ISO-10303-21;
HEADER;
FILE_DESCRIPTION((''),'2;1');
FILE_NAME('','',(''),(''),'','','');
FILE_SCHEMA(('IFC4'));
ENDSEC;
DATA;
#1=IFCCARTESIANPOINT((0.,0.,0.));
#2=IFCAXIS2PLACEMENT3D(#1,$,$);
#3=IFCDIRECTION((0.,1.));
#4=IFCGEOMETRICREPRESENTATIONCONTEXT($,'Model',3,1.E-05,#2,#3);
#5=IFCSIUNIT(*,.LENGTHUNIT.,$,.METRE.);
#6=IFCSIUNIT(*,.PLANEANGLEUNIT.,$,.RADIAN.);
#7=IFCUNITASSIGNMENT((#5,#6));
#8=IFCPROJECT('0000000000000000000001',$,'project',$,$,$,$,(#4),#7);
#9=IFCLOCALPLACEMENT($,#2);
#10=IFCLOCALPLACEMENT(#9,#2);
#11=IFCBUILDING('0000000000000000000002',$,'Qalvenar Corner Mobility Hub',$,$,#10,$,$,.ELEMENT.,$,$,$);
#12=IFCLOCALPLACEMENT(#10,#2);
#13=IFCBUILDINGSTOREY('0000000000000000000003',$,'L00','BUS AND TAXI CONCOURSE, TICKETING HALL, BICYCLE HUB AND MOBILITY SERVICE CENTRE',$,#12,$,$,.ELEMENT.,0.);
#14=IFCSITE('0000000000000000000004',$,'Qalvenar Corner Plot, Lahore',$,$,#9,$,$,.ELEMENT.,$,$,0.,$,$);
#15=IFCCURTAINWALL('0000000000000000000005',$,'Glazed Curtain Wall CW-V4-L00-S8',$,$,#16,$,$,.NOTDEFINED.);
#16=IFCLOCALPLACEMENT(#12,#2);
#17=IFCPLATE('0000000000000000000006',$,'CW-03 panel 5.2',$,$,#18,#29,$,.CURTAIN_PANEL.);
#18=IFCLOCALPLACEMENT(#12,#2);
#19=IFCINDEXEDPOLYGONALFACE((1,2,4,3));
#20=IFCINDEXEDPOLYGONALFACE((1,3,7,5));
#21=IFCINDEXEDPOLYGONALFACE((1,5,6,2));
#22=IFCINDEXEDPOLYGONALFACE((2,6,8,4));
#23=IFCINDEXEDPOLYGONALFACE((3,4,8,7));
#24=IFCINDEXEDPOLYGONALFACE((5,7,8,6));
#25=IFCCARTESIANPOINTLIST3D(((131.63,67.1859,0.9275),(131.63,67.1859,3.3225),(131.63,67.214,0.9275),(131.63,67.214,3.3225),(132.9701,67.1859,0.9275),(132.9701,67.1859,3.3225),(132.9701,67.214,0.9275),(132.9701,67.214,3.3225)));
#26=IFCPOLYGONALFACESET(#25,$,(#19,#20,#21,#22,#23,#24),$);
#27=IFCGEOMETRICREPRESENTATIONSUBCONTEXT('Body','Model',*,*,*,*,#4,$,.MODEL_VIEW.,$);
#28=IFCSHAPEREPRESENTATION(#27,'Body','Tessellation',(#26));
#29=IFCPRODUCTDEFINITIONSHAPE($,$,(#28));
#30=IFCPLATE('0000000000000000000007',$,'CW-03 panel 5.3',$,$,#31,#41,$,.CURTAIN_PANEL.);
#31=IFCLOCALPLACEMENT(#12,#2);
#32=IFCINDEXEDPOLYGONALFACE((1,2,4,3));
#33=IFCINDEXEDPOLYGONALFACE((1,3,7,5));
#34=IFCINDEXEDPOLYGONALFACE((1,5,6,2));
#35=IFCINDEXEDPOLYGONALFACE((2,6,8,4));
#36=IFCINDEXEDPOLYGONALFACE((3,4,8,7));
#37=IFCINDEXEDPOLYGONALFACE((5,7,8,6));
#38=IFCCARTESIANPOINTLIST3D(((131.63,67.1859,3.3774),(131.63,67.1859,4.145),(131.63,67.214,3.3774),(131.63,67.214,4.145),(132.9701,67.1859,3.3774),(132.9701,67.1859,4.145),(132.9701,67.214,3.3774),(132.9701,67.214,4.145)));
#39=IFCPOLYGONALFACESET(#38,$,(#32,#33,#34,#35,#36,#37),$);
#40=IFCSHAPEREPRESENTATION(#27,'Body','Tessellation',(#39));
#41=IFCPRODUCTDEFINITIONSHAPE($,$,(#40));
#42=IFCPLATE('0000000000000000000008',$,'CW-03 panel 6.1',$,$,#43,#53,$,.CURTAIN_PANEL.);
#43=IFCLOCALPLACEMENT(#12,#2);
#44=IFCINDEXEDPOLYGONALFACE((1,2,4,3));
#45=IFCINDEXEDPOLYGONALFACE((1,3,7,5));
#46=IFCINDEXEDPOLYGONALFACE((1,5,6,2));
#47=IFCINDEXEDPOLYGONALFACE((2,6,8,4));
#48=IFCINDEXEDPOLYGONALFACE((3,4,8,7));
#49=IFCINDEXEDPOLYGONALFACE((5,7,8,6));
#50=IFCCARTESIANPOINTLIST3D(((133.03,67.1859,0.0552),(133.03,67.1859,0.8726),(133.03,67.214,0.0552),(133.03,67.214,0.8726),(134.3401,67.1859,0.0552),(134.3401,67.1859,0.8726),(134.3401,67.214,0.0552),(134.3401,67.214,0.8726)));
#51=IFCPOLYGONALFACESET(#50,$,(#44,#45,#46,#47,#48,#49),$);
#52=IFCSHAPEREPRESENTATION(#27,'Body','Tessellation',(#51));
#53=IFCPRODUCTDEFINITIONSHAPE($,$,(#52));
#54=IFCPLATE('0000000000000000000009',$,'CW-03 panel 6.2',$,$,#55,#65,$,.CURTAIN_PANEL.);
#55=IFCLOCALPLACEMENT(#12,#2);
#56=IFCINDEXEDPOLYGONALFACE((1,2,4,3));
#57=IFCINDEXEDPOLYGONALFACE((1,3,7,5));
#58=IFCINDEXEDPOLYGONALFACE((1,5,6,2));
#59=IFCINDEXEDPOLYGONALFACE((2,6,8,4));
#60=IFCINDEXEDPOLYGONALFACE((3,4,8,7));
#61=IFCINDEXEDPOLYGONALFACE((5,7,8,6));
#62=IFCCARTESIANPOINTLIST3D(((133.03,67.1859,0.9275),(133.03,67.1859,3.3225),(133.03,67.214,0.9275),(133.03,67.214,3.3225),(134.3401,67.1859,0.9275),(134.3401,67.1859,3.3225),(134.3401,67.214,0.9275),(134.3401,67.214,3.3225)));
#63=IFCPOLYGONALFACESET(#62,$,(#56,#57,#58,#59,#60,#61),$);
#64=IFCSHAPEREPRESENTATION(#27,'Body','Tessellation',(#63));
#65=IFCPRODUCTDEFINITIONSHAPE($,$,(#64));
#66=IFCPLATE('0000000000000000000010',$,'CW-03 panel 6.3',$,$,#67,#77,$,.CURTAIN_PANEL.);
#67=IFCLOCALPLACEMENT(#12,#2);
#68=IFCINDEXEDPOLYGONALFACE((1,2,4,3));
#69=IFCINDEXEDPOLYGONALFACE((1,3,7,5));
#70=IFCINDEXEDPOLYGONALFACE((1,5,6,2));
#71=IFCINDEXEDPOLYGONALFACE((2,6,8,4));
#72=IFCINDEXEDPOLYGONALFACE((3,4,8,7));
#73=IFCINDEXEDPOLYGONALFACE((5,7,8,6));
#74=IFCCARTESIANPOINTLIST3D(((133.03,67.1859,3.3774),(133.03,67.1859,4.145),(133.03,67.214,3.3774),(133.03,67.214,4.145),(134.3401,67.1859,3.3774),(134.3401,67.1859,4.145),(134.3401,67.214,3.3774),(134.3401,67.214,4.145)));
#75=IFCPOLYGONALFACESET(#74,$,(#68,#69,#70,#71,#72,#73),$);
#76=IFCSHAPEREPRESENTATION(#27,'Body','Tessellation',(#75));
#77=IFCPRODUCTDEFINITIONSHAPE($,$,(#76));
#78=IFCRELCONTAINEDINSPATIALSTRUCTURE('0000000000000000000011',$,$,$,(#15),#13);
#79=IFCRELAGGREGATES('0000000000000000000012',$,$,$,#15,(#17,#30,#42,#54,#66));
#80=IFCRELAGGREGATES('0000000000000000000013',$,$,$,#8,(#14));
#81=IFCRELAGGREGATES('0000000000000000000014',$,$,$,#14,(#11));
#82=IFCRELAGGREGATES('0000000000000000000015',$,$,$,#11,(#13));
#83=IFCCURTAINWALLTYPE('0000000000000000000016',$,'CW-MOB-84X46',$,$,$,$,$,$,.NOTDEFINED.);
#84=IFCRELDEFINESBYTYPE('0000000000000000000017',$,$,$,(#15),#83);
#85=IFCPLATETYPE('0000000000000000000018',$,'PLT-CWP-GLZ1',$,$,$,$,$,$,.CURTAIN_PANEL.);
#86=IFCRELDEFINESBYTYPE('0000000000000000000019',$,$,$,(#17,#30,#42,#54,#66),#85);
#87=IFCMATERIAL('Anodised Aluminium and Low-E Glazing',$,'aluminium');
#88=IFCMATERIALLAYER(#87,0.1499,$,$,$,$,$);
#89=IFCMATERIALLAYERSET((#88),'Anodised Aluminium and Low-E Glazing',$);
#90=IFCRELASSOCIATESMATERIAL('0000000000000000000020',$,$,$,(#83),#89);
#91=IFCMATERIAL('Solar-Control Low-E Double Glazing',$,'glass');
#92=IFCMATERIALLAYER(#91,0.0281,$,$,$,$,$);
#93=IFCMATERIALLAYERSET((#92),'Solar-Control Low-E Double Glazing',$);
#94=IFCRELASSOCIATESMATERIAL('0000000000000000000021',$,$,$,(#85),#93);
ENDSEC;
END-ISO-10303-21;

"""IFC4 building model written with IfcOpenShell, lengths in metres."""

from ifc_helpers import new_model, si_unit, direction, frame, origin, origin_2d, place, context, subcontext, project, spatial, rectangle, extrude, material, layer, layer_set, type_object, element, aggregate, save


model = new_model("IFC4")

# Units and contexts
model_context = context("Model", 3, precision=1e-05, world=origin(), true_north=direction((0.0, 1.0)))
body_context = subcontext(model_context, "Body", "Model", "MODEL_VIEW")
ifc_project = project(units=[si_unit("LENGTHUNIT", "METRE"), si_unit("PLANEANGLEUNIT", "RADIAN")], contexts=[model_context])

# Site, building, storey
site_placement = place(None, origin())
site = spatial("IfcSite", under=ifc_project, at=site_placement, Name="Qalvenar Corner Plot, Lahore", CompositionType="ELEMENT", RefElevation=0.0)
building_placement = place(site_placement, origin())
building = spatial("IfcBuilding", under=site, at=building_placement, Name="Qalvenar Corner Mobility Hub", CompositionType="ELEMENT")
storey_placement = place(building_placement, origin())
storey = spatial("IfcBuildingStorey", under=building, at=storey_placement, Name="L00", Description="BUS AND TAXI CONCOURSE, TICKETING HALL, BICYCLE HUB AND MOBILITY SERVICE CENTRE", CompositionType="ELEMENT", Elevation=0.0)

# Curtain wall, plates
ifc_material_1 = material(Name="Anodised Aluminium and Low-E Glazing", Category="aluminium")
ifc_layer_1 = layer(ifc_material_1, 0.1499)
ifc_layer_set_1 = layer_set([ifc_layer_1], Name="Anodised Aluminium and Low-E Glazing")
curtain_wall_type = type_object("IfcCurtainWallType", Name="CW-MOB-84X46", PredefinedType="NOTDEFINED", material=ifc_layer_set_1)
curtain_wall_placement = place(storey_placement, origin())
curtain_wall = element("IfcCurtainWall", 1, at=curtain_wall_placement, inside=storey, type_object=curtain_wall_type, Name="Glazed Curtain Wall CW-V4-L00-S8", PredefinedType="NOTDEFINED")
ifc_material_2 = material(Name="Solar-Control Low-E Double Glazing", Category="glass")
ifc_layer_2 = layer(ifc_material_2, 0.0281)
ifc_layer_set_2 = layer_set([ifc_layer_2], Name="Solar-Control Low-E Double Glazing")
plate_type = type_object("IfcPlateType", Name="PLT-CWP-GLZ1", PredefinedType="CURTAIN_PANEL", material=ifc_layer_set_2)
plate_1_placement = place(storey_placement, frame((132.3, 67.2, 0.9275), z_axis=(0.0, 0.0, 1.0), x_axis=(1.0, 0.0, 0.0)))
plate_1 = element("IfcPlate", 2, at=plate_1_placement, type_object=plate_type, Name="CW-03 panel 5.2", PredefinedType="CURTAIN_PANEL", context=body_context, shape_type="SweptSolid", body=[
    extrude(rectangle(XDim=1.3401, YDim=0.0281, at=origin_2d()), origin(), (0.0, 0.0, 1.0), 2.395),
])
plate_2_placement = place(storey_placement, frame((132.3, 67.2, 3.3774), z_axis=(0.0, 0.0, 1.0), x_axis=(1.0, 0.0, 0.0)))
plate_2 = element("IfcPlate", 3, at=plate_2_placement, type_object=plate_type, Name="CW-03 panel 5.3", PredefinedType="CURTAIN_PANEL", context=body_context, shape_type="SweptSolid", body=[
    extrude(rectangle(XDim=1.3401, YDim=0.0281, at=origin_2d()), origin(), (0.0, 0.0, 1.0), 0.7676),
])
plate_3_placement = place(storey_placement, frame((133.6851, 67.2, 0.0552), z_axis=(0.0, 0.0, 1.0), x_axis=(1.0, 0.0, 0.0)))
plate_3 = element("IfcPlate", 4, at=plate_3_placement, type_object=plate_type, Name="CW-03 panel 6.1", PredefinedType="CURTAIN_PANEL", context=body_context, shape_type="SweptSolid", body=[
    extrude(rectangle(XDim=1.3101, YDim=0.0281, at=origin_2d()), origin(), (0.0, 0.0, 1.0), 0.8174),
])
plate_4_placement = place(storey_placement, frame((133.6851, 67.2, 0.9275), z_axis=(0.0, 0.0, 1.0), x_axis=(1.0, 0.0, 0.0)))
plate_4 = element("IfcPlate", 5, at=plate_4_placement, type_object=plate_type, Name="CW-03 panel 6.2", PredefinedType="CURTAIN_PANEL", context=body_context, shape_type="SweptSolid", body=[
    extrude(rectangle(XDim=1.3101, YDim=0.0281, at=origin_2d()), origin(), (0.0, 0.0, 1.0), 2.395),
])
plate_5_placement = place(storey_placement, frame((133.6851, 67.2, 3.3774), z_axis=(0.0, 0.0, 1.0), x_axis=(1.0, 0.0, 0.0)))
plate_5 = element("IfcPlate", 6, at=plate_5_placement, type_object=plate_type, Name="CW-03 panel 6.3", PredefinedType="CURTAIN_PANEL", context=body_context, shape_type="SweptSolid", body=[
    extrude(rectangle(XDim=1.3101, YDim=0.0281, at=origin_2d()), origin(), (0.0, 0.0, 1.0), 0.7676),
])
aggregate(curtain_wall, [plate_1, plate_2, plate_3, plate_4, plate_5])

save(model, "model.ifc")
